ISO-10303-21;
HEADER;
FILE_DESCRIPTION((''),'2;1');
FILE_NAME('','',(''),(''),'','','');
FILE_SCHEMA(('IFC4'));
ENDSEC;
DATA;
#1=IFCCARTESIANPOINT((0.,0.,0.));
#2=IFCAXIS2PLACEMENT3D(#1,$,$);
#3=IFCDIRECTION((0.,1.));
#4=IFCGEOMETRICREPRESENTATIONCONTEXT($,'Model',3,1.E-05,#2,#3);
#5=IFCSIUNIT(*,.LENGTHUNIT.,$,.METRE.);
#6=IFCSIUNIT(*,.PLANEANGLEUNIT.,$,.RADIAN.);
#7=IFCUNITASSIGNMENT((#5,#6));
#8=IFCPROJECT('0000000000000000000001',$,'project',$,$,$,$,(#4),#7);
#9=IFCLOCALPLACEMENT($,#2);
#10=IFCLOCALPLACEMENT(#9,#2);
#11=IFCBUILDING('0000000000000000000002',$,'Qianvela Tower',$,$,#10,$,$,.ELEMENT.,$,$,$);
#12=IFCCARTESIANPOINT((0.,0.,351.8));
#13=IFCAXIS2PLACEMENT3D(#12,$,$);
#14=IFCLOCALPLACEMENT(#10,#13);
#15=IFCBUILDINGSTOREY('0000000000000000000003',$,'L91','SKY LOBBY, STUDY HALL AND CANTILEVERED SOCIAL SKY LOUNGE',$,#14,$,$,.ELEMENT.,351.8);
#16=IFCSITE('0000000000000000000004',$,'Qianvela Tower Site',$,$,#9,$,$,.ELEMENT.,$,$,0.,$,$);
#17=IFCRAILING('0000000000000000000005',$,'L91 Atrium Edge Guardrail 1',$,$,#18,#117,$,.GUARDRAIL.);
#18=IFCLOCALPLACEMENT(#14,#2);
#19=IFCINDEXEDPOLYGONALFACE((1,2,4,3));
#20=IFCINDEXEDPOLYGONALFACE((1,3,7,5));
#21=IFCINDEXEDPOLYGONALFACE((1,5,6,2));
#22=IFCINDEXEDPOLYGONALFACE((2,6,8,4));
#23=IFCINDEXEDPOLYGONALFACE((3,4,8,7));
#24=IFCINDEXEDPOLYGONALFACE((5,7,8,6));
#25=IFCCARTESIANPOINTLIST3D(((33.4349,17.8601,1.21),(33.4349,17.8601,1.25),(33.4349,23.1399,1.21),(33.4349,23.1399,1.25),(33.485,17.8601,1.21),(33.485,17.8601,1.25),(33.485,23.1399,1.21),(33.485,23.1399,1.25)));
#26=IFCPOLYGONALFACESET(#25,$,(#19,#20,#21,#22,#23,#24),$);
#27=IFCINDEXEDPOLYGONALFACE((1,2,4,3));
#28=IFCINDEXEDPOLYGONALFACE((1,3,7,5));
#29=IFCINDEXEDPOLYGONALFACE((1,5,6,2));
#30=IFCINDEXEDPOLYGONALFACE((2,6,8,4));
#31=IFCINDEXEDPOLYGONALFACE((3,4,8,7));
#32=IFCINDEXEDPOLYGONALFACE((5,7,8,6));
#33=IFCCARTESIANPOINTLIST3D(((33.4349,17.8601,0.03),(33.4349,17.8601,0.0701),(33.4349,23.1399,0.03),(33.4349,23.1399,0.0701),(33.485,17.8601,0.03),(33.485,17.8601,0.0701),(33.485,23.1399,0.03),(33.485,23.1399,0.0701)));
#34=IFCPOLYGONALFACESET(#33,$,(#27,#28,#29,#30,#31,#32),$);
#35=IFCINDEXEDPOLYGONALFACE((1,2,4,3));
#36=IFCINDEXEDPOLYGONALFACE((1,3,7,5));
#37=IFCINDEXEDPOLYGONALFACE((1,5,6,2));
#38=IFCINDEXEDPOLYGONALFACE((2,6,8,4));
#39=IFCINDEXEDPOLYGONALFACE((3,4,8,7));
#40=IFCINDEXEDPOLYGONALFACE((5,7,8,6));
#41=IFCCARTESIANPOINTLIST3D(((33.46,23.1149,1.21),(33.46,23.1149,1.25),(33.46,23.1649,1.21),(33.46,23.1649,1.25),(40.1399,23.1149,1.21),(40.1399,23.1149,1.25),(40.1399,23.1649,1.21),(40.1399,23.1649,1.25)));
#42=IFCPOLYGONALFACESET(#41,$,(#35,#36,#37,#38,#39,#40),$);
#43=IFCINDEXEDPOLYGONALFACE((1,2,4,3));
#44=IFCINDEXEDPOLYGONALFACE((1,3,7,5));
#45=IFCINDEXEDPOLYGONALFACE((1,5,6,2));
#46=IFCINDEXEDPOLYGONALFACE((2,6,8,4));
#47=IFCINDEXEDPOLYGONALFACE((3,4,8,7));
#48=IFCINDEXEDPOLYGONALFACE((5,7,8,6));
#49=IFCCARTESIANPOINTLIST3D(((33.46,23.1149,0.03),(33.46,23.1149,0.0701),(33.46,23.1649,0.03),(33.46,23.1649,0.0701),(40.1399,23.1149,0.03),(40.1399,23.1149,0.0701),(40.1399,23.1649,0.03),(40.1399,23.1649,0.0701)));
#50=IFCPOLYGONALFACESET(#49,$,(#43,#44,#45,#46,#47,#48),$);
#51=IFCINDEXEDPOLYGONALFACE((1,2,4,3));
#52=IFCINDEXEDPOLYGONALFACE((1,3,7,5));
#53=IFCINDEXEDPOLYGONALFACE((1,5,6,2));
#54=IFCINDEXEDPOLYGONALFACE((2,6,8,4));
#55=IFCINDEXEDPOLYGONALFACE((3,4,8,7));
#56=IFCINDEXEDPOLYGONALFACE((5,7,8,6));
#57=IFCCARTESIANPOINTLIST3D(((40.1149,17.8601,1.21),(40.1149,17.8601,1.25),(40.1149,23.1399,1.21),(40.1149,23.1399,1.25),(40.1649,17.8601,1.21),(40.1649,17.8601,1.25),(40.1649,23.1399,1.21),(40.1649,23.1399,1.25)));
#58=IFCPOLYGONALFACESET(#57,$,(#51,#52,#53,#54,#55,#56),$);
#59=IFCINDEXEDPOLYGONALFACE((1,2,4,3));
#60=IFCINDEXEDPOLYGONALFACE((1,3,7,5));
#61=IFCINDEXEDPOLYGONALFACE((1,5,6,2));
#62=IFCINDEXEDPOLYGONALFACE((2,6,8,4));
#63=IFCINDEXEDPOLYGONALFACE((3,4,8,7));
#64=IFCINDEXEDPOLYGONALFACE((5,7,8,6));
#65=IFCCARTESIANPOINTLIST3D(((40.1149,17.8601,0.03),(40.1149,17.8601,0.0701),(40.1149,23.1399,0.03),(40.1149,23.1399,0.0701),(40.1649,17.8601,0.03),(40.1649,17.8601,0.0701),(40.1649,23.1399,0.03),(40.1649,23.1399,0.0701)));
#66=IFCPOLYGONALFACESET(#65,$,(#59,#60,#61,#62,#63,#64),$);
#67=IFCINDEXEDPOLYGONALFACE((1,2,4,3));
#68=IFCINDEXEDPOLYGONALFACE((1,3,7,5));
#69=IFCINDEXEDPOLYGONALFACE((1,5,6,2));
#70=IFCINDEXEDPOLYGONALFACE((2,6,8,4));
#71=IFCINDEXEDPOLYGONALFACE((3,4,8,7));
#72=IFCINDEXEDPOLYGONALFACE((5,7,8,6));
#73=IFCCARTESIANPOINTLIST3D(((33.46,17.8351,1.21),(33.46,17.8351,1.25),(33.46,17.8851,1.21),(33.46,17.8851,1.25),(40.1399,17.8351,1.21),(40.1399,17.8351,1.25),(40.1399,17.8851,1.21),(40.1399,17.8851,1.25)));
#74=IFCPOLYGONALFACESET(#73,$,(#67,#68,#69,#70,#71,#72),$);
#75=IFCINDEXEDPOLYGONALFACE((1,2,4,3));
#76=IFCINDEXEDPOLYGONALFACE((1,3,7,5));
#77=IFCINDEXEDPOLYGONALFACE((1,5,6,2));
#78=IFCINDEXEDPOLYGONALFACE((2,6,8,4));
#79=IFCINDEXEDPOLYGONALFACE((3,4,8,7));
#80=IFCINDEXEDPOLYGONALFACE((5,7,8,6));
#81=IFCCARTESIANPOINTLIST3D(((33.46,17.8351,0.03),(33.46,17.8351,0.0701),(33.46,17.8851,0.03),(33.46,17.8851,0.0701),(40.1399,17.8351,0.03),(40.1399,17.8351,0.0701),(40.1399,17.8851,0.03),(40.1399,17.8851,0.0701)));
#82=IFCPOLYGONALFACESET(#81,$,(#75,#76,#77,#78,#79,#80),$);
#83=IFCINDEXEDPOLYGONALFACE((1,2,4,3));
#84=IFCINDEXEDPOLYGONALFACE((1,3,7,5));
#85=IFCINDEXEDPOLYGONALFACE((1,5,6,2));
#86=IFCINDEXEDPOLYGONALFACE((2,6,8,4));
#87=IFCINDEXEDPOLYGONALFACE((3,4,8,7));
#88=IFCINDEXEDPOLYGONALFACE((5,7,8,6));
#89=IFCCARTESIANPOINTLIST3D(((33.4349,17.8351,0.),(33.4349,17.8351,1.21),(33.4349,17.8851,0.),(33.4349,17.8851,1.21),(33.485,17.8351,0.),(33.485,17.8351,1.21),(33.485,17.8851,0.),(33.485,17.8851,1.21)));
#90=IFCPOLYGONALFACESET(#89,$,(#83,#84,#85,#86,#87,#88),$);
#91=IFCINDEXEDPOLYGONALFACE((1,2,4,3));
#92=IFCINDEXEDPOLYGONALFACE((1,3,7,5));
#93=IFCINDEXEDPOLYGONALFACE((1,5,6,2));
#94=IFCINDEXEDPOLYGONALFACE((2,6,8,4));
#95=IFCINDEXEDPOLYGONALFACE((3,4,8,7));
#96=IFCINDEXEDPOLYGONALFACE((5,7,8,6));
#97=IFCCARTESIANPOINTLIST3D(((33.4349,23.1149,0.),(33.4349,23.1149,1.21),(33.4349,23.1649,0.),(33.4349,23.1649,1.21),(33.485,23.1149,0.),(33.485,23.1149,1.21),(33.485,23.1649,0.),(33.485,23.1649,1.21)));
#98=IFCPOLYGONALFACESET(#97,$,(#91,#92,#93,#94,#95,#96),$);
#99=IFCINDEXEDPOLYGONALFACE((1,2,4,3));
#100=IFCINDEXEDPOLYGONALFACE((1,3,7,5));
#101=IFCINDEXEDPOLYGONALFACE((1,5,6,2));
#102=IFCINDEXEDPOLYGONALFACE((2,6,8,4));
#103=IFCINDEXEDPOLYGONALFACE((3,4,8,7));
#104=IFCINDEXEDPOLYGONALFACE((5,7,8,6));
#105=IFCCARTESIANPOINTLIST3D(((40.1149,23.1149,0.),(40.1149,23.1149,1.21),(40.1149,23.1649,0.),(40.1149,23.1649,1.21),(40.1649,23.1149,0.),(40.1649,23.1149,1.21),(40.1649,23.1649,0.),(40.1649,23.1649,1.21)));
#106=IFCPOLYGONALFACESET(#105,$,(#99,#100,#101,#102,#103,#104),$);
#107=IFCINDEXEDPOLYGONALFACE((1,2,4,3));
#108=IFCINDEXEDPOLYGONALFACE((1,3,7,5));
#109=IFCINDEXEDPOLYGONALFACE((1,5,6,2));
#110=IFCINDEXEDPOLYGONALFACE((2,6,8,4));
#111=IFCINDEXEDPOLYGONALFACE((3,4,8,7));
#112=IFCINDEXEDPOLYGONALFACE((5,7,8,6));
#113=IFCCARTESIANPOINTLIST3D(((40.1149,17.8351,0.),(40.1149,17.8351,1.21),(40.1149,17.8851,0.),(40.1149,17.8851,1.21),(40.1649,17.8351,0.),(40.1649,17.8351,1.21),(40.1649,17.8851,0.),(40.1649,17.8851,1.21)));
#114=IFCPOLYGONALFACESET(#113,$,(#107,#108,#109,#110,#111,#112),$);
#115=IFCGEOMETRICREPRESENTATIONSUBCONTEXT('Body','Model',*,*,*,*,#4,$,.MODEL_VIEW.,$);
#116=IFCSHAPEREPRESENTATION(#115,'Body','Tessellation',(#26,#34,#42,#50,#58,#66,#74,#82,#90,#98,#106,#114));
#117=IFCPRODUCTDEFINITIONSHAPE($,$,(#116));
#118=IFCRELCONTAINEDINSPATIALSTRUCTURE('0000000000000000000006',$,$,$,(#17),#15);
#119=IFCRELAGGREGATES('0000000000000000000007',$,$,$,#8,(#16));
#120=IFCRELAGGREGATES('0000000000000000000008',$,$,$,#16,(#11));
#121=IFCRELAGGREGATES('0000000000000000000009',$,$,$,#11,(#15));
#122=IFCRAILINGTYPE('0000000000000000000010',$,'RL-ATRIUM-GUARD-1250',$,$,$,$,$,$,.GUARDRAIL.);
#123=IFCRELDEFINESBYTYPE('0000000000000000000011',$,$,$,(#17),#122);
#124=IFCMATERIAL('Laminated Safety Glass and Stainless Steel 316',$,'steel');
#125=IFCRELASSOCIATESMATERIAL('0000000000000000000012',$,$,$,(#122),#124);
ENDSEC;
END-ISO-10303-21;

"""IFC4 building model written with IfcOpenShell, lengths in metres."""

from ifc_helpers import new_model, si_unit, direction, frame, origin, origin_2d, place, context, subcontext, project, spatial, rectangle, extrude, material, type_object, element, save


model = new_model("IFC4")

# Units and contexts
model_context = context("Model", 3, precision=1e-05, world=origin(), true_north=direction((0.0, 1.0)))
body_context = subcontext(model_context, "Body", "Model", "MODEL_VIEW")
ifc_project = project(units=[si_unit("LENGTHUNIT", "METRE"), si_unit("PLANEANGLEUNIT", "RADIAN")], contexts=[model_context])

# Site, building, storey
site_placement = place(None, origin())
site = spatial("IfcSite", under=ifc_project, at=site_placement, Name="Qianvela Tower Site", CompositionType="ELEMENT", RefElevation=0.0)
building_placement = place(site_placement, origin())
building = spatial("IfcBuilding", under=site, at=building_placement, Name="Qianvela Tower", CompositionType="ELEMENT")
storey_placement = place(building_placement, frame((0.0, 0.0, 351.8)))
storey = spatial("IfcBuildingStorey", under=building, at=storey_placement, Name="L91", Description="SKY LOBBY, STUDY HALL AND CANTILEVERED SOCIAL SKY LOUNGE", CompositionType="ELEMENT", Elevation=351.8)

# Railing
ifc_material_1 = material(Name="Laminated Safety Glass and Stainless Steel 316", Category="steel")
railing_type = type_object("IfcRailingType", Name="RL-ATRIUM-GUARD-1250", PredefinedType="GUARDRAIL", material=ifc_material_1)
railing_placement = place(storey_placement, frame((33.46, 17.8601, 0.0)))
element("IfcRailing", 1, at=railing_placement, inside=storey, type_object=railing_type, Name="L91 Atrium Edge Guardrail 1", PredefinedType="GUARDRAIL", context=body_context, shape_type="SweptSolid", body=[
    extrude(rectangle(XDim=0.05, YDim=0.04, at=origin_2d()), frame((0.0, 0.0, 1.23), z_axis=(0.0, 1.0, 0.0), x_axis=(-1.0, 0.0, 0.0)), (0.0, 0.0, 1.0), 5.2798),
    extrude(rectangle(XDim=0.05, YDim=0.04, at=origin_2d()), frame((0.0, 0.0, 0.05), z_axis=(0.0, 1.0, 0.0), x_axis=(-1.0, 0.0, 0.0)), (0.0, 0.0, 1.0), 5.2798),
    extrude(rectangle(XDim=0.05, YDim=0.04, at=origin_2d()), frame((0.0, 5.2798, 1.23), z_axis=(1.0, 0.0, 0.0), x_axis=(0.0, 1.0, 0.0)), (0.0, 0.0, 1.0), 6.6799),
    extrude(rectangle(XDim=0.05, YDim=0.04, at=origin_2d()), frame((0.0, 5.2798, 0.05), z_axis=(1.0, 0.0, 0.0), x_axis=(0.0, 1.0, 0.0)), (0.0, 0.0, 1.0), 6.6799),
    extrude(rectangle(XDim=0.05, YDim=0.04, at=origin_2d()), frame((6.6799, 5.2798, 1.23), z_axis=(0.0, -1.0, 0.0), x_axis=(1.0, 0.0, 0.0)), (0.0, 0.0, 1.0), 5.2798),
    extrude(rectangle(XDim=0.05, YDim=0.04, at=origin_2d()), frame((6.6799, 5.2798, 0.05), z_axis=(0.0, -1.0, 0.0), x_axis=(1.0, 0.0, 0.0)), (0.0, 0.0, 1.0), 5.2798),
    extrude(rectangle(XDim=0.05, YDim=0.04, at=origin_2d()), frame((6.6799, 0.0, 1.23), z_axis=(-1.0, 0.0, 0.0), x_axis=(0.0, -1.0, 0.0)), (0.0, 0.0, 1.0), 6.6799),
    extrude(rectangle(XDim=0.05, YDim=0.04, at=origin_2d()), frame((6.6799, 0.0, 0.05), z_axis=(-1.0, 0.0, 0.0), x_axis=(0.0, -1.0, 0.0)), (0.0, 0.0, 1.0), 6.6799),
    extrude(rectangle(XDim=0.05, YDim=0.05, at=origin_2d()), origin(), (0.0, 0.0, 1.0), 1.21),
    extrude(rectangle(XDim=0.05, YDim=0.05, at=origin_2d()), frame((0.0, 5.2798, 0.0)), (0.0, 0.0, 1.0), 1.21),
    extrude(rectangle(XDim=0.05, YDim=0.05, at=origin_2d()), frame((6.6799, 5.2798, 0.0)), (0.0, 0.0, 1.0), 1.21),
    extrude(rectangle(XDim=0.05, YDim=0.05, at=origin_2d()), frame((6.6799, 0.0, 0.0)), (0.0, 0.0, 1.0), 1.21),
])

save(model, "model.ifc")
